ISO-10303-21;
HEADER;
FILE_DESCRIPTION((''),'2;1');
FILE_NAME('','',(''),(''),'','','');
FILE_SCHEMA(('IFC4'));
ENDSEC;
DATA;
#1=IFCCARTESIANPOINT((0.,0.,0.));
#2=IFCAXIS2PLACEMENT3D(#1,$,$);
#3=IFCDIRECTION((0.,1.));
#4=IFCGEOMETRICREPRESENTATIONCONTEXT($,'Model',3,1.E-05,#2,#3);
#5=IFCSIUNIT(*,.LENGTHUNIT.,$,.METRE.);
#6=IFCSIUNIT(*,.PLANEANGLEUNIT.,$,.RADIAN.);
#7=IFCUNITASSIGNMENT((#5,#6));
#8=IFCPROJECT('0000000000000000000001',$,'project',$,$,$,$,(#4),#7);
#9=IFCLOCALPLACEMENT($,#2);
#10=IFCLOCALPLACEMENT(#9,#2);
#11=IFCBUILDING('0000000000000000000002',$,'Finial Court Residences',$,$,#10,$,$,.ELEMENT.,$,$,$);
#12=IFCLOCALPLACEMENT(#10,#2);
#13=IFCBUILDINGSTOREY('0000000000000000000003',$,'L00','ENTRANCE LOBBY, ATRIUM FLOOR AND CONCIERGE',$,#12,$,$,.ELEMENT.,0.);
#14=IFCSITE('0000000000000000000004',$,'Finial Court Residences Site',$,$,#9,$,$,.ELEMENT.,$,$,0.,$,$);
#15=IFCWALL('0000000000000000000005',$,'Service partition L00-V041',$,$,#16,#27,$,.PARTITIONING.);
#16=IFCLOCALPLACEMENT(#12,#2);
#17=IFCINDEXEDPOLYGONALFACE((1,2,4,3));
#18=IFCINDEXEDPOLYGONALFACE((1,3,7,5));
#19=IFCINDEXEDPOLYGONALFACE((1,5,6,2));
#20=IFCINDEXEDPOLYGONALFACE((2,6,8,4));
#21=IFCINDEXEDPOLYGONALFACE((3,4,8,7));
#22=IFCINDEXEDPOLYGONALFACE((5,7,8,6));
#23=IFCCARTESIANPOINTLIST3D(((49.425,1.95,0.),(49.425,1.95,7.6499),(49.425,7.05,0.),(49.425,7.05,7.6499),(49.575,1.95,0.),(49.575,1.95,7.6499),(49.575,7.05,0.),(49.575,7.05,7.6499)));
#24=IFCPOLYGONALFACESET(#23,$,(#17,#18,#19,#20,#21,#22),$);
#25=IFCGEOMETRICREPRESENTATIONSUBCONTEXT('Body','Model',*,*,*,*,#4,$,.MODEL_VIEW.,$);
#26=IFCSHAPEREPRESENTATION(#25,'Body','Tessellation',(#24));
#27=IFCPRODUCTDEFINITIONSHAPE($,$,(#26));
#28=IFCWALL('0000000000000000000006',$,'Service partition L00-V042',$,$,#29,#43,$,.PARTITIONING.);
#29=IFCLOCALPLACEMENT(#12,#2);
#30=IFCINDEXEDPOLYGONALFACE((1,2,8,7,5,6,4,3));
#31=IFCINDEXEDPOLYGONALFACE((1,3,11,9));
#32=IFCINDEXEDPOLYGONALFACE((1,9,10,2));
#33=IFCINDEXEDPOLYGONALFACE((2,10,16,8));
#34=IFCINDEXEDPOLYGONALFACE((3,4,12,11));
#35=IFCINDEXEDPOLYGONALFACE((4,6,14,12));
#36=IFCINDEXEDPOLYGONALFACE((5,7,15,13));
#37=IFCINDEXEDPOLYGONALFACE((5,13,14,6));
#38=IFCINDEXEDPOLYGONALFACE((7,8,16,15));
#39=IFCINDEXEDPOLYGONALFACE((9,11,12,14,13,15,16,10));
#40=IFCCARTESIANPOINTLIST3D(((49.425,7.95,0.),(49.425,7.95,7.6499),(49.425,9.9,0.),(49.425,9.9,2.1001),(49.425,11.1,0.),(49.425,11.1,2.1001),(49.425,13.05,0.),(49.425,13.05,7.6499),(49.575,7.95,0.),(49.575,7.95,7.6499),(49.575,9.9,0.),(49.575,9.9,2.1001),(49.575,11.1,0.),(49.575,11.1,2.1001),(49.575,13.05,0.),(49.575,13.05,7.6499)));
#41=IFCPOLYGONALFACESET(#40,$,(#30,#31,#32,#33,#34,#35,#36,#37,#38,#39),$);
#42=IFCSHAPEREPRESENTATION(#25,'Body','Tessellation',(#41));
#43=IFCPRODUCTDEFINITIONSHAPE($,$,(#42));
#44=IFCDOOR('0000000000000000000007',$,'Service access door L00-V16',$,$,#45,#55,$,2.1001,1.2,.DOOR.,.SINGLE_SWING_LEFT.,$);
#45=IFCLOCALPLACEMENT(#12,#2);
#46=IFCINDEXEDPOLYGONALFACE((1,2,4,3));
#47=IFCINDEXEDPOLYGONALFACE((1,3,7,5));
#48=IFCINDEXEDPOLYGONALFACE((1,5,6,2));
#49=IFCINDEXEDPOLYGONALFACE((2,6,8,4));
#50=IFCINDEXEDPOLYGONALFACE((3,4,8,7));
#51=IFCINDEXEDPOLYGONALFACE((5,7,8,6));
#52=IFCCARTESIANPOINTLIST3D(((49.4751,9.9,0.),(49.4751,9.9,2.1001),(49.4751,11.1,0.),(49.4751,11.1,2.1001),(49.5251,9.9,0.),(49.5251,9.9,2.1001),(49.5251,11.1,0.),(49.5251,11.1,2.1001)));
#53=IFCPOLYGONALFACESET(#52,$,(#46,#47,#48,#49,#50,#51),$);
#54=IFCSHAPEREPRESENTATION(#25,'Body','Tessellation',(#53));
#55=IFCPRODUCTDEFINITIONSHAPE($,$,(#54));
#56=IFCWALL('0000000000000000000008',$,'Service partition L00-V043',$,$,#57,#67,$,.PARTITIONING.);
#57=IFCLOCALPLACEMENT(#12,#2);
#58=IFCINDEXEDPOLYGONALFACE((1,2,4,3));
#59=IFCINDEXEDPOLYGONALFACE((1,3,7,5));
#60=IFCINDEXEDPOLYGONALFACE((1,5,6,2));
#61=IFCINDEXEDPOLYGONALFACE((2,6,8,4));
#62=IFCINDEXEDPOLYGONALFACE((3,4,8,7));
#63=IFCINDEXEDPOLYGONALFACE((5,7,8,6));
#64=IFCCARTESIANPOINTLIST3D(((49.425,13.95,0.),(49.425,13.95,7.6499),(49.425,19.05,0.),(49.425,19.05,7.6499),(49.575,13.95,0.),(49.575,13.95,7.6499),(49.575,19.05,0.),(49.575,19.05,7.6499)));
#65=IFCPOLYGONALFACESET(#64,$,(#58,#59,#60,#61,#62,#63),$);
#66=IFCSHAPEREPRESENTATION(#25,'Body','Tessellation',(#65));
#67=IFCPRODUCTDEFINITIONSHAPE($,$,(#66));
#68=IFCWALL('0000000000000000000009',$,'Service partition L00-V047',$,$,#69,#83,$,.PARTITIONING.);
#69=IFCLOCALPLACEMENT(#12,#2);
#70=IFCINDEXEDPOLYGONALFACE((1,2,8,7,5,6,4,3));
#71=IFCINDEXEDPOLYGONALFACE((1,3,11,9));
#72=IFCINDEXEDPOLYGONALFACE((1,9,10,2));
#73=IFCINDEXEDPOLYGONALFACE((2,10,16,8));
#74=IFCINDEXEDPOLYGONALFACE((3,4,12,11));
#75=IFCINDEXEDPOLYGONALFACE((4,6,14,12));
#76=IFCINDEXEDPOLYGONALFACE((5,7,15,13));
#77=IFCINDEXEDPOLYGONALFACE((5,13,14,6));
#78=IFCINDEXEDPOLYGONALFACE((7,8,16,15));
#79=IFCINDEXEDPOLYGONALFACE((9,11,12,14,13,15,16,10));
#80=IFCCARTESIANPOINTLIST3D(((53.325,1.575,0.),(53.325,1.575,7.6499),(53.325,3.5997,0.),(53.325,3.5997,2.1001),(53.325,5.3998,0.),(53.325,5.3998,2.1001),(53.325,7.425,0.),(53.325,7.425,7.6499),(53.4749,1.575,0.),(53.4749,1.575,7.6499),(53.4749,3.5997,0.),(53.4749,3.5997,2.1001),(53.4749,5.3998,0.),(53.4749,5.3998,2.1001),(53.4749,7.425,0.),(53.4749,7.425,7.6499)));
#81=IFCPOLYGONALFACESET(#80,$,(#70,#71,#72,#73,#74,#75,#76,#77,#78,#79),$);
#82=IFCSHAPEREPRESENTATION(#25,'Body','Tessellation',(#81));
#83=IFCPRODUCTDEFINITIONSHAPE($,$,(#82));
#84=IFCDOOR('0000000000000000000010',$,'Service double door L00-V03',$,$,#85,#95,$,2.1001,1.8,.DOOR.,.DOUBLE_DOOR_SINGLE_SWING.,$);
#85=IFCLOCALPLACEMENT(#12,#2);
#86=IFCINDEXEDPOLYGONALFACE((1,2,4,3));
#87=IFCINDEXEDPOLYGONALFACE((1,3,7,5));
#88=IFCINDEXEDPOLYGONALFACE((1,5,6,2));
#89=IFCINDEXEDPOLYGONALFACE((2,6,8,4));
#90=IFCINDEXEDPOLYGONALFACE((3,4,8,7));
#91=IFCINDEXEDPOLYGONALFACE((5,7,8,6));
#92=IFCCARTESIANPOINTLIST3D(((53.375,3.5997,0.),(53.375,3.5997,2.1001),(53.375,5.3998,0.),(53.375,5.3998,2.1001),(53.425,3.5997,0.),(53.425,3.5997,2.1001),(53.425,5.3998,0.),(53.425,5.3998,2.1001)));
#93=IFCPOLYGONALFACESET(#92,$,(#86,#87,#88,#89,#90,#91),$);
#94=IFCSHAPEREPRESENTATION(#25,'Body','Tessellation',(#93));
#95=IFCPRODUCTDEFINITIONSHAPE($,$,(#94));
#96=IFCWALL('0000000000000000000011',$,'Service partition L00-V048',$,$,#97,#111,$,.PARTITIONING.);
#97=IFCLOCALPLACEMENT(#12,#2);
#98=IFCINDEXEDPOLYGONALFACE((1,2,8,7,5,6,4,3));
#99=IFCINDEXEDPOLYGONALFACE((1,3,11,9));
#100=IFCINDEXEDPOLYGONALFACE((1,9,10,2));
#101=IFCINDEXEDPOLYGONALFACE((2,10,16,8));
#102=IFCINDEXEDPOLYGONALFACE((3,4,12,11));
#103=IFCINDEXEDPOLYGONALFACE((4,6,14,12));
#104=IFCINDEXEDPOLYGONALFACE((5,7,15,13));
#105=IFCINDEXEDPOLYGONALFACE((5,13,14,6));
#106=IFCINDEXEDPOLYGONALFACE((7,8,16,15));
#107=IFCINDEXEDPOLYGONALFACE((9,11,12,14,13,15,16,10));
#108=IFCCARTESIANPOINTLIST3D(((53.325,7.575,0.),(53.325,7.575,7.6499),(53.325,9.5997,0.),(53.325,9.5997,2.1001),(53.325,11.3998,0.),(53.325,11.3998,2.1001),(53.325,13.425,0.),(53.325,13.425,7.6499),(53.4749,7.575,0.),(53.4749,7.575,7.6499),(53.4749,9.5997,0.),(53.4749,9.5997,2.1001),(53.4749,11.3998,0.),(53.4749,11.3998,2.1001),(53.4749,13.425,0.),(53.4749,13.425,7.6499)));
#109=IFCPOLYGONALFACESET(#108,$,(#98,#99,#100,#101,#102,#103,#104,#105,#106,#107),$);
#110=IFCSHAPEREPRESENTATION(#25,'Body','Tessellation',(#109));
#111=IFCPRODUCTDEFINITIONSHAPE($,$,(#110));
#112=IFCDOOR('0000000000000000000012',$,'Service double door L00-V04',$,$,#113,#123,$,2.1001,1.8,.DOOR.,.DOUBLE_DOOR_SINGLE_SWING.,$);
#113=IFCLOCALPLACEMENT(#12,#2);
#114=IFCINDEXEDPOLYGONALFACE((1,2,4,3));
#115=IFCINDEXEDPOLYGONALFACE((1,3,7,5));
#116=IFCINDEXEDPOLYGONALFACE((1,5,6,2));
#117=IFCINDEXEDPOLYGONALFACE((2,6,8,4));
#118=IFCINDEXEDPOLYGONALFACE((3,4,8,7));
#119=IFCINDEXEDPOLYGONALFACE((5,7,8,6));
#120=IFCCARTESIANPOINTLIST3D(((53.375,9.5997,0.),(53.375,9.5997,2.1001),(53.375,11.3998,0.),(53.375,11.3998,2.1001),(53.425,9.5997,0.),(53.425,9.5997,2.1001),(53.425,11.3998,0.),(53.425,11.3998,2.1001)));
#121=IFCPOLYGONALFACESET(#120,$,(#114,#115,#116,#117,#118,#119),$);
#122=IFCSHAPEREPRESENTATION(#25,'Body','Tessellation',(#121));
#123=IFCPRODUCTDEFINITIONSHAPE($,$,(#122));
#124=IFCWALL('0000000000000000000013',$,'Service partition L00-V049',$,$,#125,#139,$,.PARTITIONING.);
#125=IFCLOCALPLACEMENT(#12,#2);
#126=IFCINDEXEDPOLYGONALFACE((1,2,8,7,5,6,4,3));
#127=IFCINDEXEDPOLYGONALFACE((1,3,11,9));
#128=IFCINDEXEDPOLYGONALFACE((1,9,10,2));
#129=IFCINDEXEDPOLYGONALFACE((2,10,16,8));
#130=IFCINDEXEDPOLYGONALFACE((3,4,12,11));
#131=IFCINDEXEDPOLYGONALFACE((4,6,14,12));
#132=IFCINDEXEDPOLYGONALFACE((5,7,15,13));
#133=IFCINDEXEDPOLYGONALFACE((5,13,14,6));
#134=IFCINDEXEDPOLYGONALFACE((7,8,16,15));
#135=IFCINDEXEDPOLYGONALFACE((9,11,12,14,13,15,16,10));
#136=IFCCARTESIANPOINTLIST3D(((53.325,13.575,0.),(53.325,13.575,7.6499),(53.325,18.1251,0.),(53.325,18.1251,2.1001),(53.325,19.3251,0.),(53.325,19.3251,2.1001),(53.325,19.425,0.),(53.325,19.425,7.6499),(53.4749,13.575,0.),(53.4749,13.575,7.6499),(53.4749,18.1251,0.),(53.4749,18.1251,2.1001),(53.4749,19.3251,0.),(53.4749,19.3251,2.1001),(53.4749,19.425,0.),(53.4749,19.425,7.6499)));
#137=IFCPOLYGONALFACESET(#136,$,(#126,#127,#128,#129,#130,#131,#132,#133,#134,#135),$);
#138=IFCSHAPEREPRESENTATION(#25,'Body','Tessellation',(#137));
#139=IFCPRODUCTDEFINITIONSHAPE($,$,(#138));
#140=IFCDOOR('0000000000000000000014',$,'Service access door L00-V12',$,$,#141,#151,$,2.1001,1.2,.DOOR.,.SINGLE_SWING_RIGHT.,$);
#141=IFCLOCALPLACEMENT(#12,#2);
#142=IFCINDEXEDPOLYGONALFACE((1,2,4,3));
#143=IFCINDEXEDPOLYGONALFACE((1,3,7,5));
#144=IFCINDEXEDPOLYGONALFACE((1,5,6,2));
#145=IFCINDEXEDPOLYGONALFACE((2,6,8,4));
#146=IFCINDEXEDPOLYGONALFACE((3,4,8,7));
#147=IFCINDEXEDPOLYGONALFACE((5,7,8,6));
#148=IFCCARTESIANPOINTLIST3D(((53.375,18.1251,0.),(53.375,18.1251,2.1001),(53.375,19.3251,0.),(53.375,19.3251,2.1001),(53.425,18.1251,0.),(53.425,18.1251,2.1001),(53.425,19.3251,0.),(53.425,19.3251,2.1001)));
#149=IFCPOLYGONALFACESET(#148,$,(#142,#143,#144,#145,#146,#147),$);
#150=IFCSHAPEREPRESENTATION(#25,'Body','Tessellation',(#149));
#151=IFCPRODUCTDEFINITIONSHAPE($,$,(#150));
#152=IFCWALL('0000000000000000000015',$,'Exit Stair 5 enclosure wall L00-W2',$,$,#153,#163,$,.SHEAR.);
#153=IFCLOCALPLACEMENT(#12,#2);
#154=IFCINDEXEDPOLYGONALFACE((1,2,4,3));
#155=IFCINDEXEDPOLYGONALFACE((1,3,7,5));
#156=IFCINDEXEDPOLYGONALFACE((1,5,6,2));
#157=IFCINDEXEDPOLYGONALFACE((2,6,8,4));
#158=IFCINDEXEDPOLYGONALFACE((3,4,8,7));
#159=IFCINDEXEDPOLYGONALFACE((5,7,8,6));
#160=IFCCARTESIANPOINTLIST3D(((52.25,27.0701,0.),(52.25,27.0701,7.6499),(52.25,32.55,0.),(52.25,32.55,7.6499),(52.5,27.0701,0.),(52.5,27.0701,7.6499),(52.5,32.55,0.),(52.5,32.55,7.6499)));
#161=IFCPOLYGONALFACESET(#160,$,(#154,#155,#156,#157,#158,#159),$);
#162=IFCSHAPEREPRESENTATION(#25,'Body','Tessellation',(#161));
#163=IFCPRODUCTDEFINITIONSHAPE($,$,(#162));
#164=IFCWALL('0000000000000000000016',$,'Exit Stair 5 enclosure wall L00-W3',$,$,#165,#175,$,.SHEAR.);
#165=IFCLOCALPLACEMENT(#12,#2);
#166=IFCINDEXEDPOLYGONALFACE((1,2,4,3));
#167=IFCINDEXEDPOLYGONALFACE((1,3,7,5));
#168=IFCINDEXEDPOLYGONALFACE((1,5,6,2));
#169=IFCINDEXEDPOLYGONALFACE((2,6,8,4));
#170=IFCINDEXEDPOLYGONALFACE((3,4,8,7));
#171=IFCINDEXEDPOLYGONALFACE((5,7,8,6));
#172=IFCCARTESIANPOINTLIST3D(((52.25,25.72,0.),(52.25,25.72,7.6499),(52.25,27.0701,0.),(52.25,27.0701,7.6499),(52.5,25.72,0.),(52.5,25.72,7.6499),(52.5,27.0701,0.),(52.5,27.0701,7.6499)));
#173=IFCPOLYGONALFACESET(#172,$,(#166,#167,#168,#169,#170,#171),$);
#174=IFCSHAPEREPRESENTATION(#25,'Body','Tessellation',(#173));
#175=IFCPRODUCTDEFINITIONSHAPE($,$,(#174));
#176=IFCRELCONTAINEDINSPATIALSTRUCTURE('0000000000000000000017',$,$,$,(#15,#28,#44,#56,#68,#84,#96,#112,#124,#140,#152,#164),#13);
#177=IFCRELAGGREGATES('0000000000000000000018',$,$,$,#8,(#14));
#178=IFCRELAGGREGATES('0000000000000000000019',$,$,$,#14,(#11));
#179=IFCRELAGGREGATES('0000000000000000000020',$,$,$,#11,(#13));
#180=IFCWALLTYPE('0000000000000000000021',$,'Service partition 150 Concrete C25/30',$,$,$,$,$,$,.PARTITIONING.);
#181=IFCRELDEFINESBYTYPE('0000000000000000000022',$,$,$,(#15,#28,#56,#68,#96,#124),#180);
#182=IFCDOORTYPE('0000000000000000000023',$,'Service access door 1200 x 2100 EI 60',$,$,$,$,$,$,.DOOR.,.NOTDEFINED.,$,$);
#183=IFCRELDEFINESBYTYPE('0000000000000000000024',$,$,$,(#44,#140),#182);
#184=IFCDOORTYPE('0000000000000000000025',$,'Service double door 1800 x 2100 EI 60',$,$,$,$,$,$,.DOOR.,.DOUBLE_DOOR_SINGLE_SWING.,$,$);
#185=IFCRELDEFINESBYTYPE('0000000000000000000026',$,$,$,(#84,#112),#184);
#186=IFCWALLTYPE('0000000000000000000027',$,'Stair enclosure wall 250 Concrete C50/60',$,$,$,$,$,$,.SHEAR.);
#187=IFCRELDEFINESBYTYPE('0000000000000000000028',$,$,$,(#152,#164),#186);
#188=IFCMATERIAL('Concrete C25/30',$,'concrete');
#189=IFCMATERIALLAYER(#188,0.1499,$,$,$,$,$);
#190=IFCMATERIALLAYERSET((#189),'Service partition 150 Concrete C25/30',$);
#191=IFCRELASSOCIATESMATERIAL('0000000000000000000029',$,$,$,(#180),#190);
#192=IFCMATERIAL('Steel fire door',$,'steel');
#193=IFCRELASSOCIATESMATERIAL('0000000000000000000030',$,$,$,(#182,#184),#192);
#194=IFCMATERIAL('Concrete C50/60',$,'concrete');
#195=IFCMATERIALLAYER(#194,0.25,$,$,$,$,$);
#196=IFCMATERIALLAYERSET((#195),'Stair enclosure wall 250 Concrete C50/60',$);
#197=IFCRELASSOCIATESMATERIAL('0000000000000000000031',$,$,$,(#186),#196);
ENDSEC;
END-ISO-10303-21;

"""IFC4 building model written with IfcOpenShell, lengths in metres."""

from ifc_helpers import new_model, si_unit, direction, frame, frame_2d, origin, place, context, subcontext, project, spatial, rectangle, extrude, material, layer, layer_set, type_object, element, fill, save


model = new_model("IFC4")

# Units and contexts
model_context = context("Model", 3, precision=1e-05, world=origin(), true_north=direction((0.0, 1.0)))
body_context = subcontext(model_context, "Body", "Model", "MODEL_VIEW")
ifc_project = project(units=[si_unit("LENGTHUNIT", "METRE"), si_unit("PLANEANGLEUNIT", "RADIAN")], contexts=[model_context])

# Site, building, storey
site_placement = place(None, origin())
site = spatial("IfcSite", under=ifc_project, at=site_placement, Name="Finial Court Residences Site", CompositionType="ELEMENT", RefElevation=0.0)
building_placement = place(site_placement, origin())
building = spatial("IfcBuilding", under=site, at=building_placement, Name="Finial Court Residences", CompositionType="ELEMENT")
storey_placement = place(building_placement, origin())
storey = spatial("IfcBuildingStorey", under=building, at=storey_placement, Name="L00", Description="ENTRANCE LOBBY, ATRIUM FLOOR AND CONCIERGE", CompositionType="ELEMENT", Elevation=0.0)

# Shared definitions
ifc_material_1 = material(Name="Concrete C50/60", Category="concrete")

# Wall
ifc_material_2 = material(Name="Concrete C25/30", Category="concrete")
ifc_layer_1 = layer(ifc_material_2, 0.1499)
ifc_layer_set_1 = layer_set([ifc_layer_1], Name="Service partition 150 Concrete C25/30")
wall_type_1 = type_object("IfcWallType", Name="Service partition 150 Concrete C25/30", PredefinedType="PARTITIONING", material=ifc_layer_set_1)
wall_1_placement = place(storey_placement, frame((49.5, 1.95, 0.0), z_axis=(0.0, 0.0, 1.0), x_axis=(0.0, 1.0, 0.0)))
element("IfcWall", 1, at=wall_1_placement, inside=storey, type_object=wall_type_1, Name="Service partition L00-V041", PredefinedType="PARTITIONING", context=body_context, shape_type="SweptSolid", body=[
    extrude(rectangle(XDim=5.1001, YDim=0.1499, at=frame_2d((2.55, 0.0))), origin(), (0.0, 0.0, 1.0), 7.6499),
])

# Wall, opening, door
wall_2_placement = place(storey_placement, frame((49.5, 7.95, 0.0), z_axis=(0.0, 0.0, 1.0), x_axis=(0.0, 1.0, 0.0)))
wall_2 = element("IfcWall", 2, at=wall_2_placement, inside=storey, type_object=wall_type_1, Name="Service partition L00-V042", PredefinedType="PARTITIONING", context=body_context, shape_type="SweptSolid", body=[
    extrude(rectangle(XDim=5.1001, YDim=0.1499, at=frame_2d((2.55, 0.0))), origin(), (0.0, 0.0, 1.0), 7.6499),
])
opening_1_placement = place(wall_2_placement, frame((1.95, 0.0, 0.0)))
opening_1 = element("IfcOpeningElement", 3, at=opening_1_placement, cuts=wall_2, PredefinedType="OPENING", context=body_context, shape_type="SweptSolid", body=[
    extrude(rectangle(XDim=1.2, YDim=2.1001, at=frame_2d((0.6001, 1.05))), frame((0.0, 0.085, 0.0), z_axis=(0.0, -1.0, 0.0), x_axis=(1.0, 0.0, 0.0)), (0.0, 0.0, 1.0), 0.1699),
])
ifc_material_3 = material(Name="Steel fire door", Category="steel")
door_type_1 = type_object("IfcDoorType", Name="Service access door 1200 x 2100 EI 60", OperationType="NOTDEFINED", PredefinedType="DOOR", material=ifc_material_3)
door_1_placement = place(opening_1_placement, origin())
door_1 = element("IfcDoor", 4, at=door_1_placement, inside=storey, type_object=door_type_1, Name="Service access door L00-V16", OperationType="SINGLE_SWING_LEFT", OverallHeight=2.1001, OverallWidth=1.2, PredefinedType="DOOR", context=body_context, shape_type="SweptSolid", body=[
    extrude(rectangle(XDim=1.2, YDim=2.1001, at=frame_2d((0.6001, 1.05))), frame((0.0, 0.0249, 0.0), z_axis=(0.0, -1.0, 0.0), x_axis=(1.0, 0.0, 0.0)), (0.0, 0.0, 1.0), 0.05),
])
fill(opening_1, door_1)

# Wall
wall_3_placement = place(storey_placement, frame((49.5, 13.95, 0.0), z_axis=(0.0, 0.0, 1.0), x_axis=(0.0, 1.0, 0.0)))
element("IfcWall", 5, at=wall_3_placement, inside=storey, type_object=wall_type_1, Name="Service partition L00-V043", PredefinedType="PARTITIONING", context=body_context, shape_type="SweptSolid", body=[
    extrude(rectangle(XDim=5.1001, YDim=0.1499, at=frame_2d((2.55, 0.0))), origin(), (0.0, 0.0, 1.0), 7.6499),
])

# Walls, openings, doors
wall_4_placement = place(storey_placement, frame((53.3999, 1.575, 0.0), z_axis=(0.0, 0.0, 1.0), x_axis=(0.0, 1.0, 0.0)))
wall_4 = element("IfcWall", 6, at=wall_4_placement, inside=storey, type_object=wall_type_1, Name="Service partition L00-V047", PredefinedType="PARTITIONING", context=body_context, shape_type="SweptSolid", body=[
    extrude(rectangle(XDim=5.8501, YDim=0.1499, at=frame_2d((2.925, 0.0))), origin(), (0.0, 0.0, 1.0), 7.6499),
])
opening_2_placement = place(wall_4_placement, frame((2.0249, 0.0, 0.0)))
opening_2 = element("IfcOpeningElement", 7, at=opening_2_placement, cuts=wall_4, PredefinedType="OPENING", context=body_context, shape_type="SweptSolid", body=[
    extrude(rectangle(XDim=1.8, YDim=2.1001, at=frame_2d((0.8999, 1.05))), frame((0.0, 0.085, 0.0), z_axis=(0.0, -1.0, 0.0), x_axis=(1.0, 0.0, 0.0)), (0.0, 0.0, 1.0), 0.1699),
])
door_type_2 = type_object("IfcDoorType", Name="Service double door 1800 x 2100 EI 60", OperationType="DOUBLE_DOOR_SINGLE_SWING", PredefinedType="DOOR", material=ifc_material_3)
door_2_placement = place(opening_2_placement, origin())
door_2 = element("IfcDoor", 8, at=door_2_placement, inside=storey, type_object=door_type_2, Name="Service double door L00-V03", OperationType="DOUBLE_DOOR_SINGLE_SWING", OverallHeight=2.1001, OverallWidth=1.8, PredefinedType="DOOR", context=body_context, shape_type="SweptSolid", body=[
    extrude(rectangle(XDim=1.8, YDim=2.1001, at=frame_2d((0.8999, 1.05))), frame((0.0, 0.0249, 0.0), z_axis=(0.0, -1.0, 0.0), x_axis=(1.0, 0.0, 0.0)), (0.0, 0.0, 1.0), 0.05),
])
fill(opening_2, door_2)
wall_5_placement = place(storey_placement, frame((53.3999, 7.575, 0.0), z_axis=(0.0, 0.0, 1.0), x_axis=(0.0, 1.0, 0.0)))
wall_5 = element("IfcWall", 9, at=wall_5_placement, inside=storey, type_object=wall_type_1, Name="Service partition L00-V048", PredefinedType="PARTITIONING", context=body_context, shape_type="SweptSolid", body=[
    extrude(rectangle(XDim=5.8501, YDim=0.1499, at=frame_2d((2.925, 0.0))), origin(), (0.0, 0.0, 1.0), 7.6499),
])
opening_3_placement = place(wall_5_placement, frame((2.0249, 0.0, 0.0)))
opening_3 = element("IfcOpeningElement", 10, at=opening_3_placement, cuts=wall_5, PredefinedType="OPENING", context=body_context, shape_type="SweptSolid", body=[
    extrude(rectangle(XDim=1.8, YDim=2.1001, at=frame_2d((0.8999, 1.05))), frame((0.0, 0.085, 0.0), z_axis=(0.0, -1.0, 0.0), x_axis=(1.0, 0.0, 0.0)), (0.0, 0.0, 1.0), 0.1699),
])
door_3_placement = place(opening_3_placement, origin())
door_3 = element("IfcDoor", 11, at=door_3_placement, inside=storey, type_object=door_type_2, Name="Service double door L00-V04", OperationType="DOUBLE_DOOR_SINGLE_SWING", OverallHeight=2.1001, OverallWidth=1.8, PredefinedType="DOOR", context=body_context, shape_type="SweptSolid", body=[
    extrude(rectangle(XDim=1.8, YDim=2.1001, at=frame_2d((0.8999, 1.05))), frame((0.0, 0.0249, 0.0), z_axis=(0.0, -1.0, 0.0), x_axis=(1.0, 0.0, 0.0)), (0.0, 0.0, 1.0), 0.05),
])
fill(opening_3, door_3)
wall_6_placement = place(storey_placement, frame((53.3999, 13.575, 0.0), z_axis=(0.0, 0.0, 1.0), x_axis=(0.0, 1.0, 0.0)))
wall_6 = element("IfcWall", 12, at=wall_6_placement, inside=storey, type_object=wall_type_1, Name="Service partition L00-V049", PredefinedType="PARTITIONING", context=body_context, shape_type="SweptSolid", body=[
    extrude(rectangle(XDim=5.8501, YDim=0.1499, at=frame_2d((2.925, 0.0))), origin(), (0.0, 0.0, 1.0), 7.6499),
])
opening_4_placement = place(wall_6_placement, frame((4.55, 0.0, 0.0)))
opening_4 = element("IfcOpeningElement", 13, at=opening_4_placement, cuts=wall_6, PredefinedType="OPENING", context=body_context, shape_type="SweptSolid", body=[
    extrude(rectangle(XDim=1.2, YDim=2.1001, at=frame_2d((0.6001, 1.05))), frame((0.0, 0.085, 0.0), z_axis=(0.0, -1.0, 0.0), x_axis=(1.0, 0.0, 0.0)), (0.0, 0.0, 1.0), 0.1699),
])
door_4_placement = place(opening_4_placement, origin())
door_4 = element("IfcDoor", 14, at=door_4_placement, inside=storey, type_object=door_type_1, Name="Service access door L00-V12", OperationType="SINGLE_SWING_RIGHT", OverallHeight=2.1001, OverallWidth=1.2, PredefinedType="DOOR", context=body_context, shape_type="SweptSolid", body=[
    extrude(rectangle(XDim=1.2, YDim=2.1001, at=frame_2d((0.6001, 1.05))), frame((0.0, 0.0249, 0.0), z_axis=(0.0, -1.0, 0.0), x_axis=(1.0, 0.0, 0.0)), (0.0, 0.0, 1.0), 0.05),
])
fill(opening_4, door_4)

# Walls
ifc_layer_2 = layer(ifc_material_1, 0.25)
ifc_layer_set_2 = layer_set([ifc_layer_2], Name="Stair enclosure wall 250 Concrete C50/60")
wall_type_2 = type_object("IfcWallType", Name="Stair enclosure wall 250 Concrete C50/60", PredefinedType="SHEAR", material=ifc_layer_set_2)
wall_7_placement = place(storey_placement, frame((52.375, 27.0701, 0.0), z_axis=(0.0, 0.0, 1.0), x_axis=(0.0, 1.0, 0.0)))
element("IfcWall", 15, at=wall_7_placement, inside=storey, type_object=wall_type_2, Name="Exit Stair 5 enclosure wall L00-W2", PredefinedType="SHEAR", context=body_context, shape_type="SweptSolid", body=[
    extrude(rectangle(XDim=5.48, YDim=0.25, at=frame_2d((2.74, 0.0))), origin(), (0.0, 0.0, 1.0), 7.6499),
])
wall_8_placement = place(storey_placement, frame((52.375, 25.72, 0.0), z_axis=(0.0, 0.0, 1.0), x_axis=(0.0, 1.0, 0.0)))
element("IfcWall", 16, at=wall_8_placement, inside=storey, type_object=wall_type_2, Name="Exit Stair 5 enclosure wall L00-W3", PredefinedType="SHEAR", context=body_context, shape_type="SweptSolid", body=[
    extrude(rectangle(XDim=1.3501, YDim=0.25, at=frame_2d((0.675, 0.0))), origin(), (0.0, 0.0, 1.0), 7.6499),
])

save(model, "model.ifc")
